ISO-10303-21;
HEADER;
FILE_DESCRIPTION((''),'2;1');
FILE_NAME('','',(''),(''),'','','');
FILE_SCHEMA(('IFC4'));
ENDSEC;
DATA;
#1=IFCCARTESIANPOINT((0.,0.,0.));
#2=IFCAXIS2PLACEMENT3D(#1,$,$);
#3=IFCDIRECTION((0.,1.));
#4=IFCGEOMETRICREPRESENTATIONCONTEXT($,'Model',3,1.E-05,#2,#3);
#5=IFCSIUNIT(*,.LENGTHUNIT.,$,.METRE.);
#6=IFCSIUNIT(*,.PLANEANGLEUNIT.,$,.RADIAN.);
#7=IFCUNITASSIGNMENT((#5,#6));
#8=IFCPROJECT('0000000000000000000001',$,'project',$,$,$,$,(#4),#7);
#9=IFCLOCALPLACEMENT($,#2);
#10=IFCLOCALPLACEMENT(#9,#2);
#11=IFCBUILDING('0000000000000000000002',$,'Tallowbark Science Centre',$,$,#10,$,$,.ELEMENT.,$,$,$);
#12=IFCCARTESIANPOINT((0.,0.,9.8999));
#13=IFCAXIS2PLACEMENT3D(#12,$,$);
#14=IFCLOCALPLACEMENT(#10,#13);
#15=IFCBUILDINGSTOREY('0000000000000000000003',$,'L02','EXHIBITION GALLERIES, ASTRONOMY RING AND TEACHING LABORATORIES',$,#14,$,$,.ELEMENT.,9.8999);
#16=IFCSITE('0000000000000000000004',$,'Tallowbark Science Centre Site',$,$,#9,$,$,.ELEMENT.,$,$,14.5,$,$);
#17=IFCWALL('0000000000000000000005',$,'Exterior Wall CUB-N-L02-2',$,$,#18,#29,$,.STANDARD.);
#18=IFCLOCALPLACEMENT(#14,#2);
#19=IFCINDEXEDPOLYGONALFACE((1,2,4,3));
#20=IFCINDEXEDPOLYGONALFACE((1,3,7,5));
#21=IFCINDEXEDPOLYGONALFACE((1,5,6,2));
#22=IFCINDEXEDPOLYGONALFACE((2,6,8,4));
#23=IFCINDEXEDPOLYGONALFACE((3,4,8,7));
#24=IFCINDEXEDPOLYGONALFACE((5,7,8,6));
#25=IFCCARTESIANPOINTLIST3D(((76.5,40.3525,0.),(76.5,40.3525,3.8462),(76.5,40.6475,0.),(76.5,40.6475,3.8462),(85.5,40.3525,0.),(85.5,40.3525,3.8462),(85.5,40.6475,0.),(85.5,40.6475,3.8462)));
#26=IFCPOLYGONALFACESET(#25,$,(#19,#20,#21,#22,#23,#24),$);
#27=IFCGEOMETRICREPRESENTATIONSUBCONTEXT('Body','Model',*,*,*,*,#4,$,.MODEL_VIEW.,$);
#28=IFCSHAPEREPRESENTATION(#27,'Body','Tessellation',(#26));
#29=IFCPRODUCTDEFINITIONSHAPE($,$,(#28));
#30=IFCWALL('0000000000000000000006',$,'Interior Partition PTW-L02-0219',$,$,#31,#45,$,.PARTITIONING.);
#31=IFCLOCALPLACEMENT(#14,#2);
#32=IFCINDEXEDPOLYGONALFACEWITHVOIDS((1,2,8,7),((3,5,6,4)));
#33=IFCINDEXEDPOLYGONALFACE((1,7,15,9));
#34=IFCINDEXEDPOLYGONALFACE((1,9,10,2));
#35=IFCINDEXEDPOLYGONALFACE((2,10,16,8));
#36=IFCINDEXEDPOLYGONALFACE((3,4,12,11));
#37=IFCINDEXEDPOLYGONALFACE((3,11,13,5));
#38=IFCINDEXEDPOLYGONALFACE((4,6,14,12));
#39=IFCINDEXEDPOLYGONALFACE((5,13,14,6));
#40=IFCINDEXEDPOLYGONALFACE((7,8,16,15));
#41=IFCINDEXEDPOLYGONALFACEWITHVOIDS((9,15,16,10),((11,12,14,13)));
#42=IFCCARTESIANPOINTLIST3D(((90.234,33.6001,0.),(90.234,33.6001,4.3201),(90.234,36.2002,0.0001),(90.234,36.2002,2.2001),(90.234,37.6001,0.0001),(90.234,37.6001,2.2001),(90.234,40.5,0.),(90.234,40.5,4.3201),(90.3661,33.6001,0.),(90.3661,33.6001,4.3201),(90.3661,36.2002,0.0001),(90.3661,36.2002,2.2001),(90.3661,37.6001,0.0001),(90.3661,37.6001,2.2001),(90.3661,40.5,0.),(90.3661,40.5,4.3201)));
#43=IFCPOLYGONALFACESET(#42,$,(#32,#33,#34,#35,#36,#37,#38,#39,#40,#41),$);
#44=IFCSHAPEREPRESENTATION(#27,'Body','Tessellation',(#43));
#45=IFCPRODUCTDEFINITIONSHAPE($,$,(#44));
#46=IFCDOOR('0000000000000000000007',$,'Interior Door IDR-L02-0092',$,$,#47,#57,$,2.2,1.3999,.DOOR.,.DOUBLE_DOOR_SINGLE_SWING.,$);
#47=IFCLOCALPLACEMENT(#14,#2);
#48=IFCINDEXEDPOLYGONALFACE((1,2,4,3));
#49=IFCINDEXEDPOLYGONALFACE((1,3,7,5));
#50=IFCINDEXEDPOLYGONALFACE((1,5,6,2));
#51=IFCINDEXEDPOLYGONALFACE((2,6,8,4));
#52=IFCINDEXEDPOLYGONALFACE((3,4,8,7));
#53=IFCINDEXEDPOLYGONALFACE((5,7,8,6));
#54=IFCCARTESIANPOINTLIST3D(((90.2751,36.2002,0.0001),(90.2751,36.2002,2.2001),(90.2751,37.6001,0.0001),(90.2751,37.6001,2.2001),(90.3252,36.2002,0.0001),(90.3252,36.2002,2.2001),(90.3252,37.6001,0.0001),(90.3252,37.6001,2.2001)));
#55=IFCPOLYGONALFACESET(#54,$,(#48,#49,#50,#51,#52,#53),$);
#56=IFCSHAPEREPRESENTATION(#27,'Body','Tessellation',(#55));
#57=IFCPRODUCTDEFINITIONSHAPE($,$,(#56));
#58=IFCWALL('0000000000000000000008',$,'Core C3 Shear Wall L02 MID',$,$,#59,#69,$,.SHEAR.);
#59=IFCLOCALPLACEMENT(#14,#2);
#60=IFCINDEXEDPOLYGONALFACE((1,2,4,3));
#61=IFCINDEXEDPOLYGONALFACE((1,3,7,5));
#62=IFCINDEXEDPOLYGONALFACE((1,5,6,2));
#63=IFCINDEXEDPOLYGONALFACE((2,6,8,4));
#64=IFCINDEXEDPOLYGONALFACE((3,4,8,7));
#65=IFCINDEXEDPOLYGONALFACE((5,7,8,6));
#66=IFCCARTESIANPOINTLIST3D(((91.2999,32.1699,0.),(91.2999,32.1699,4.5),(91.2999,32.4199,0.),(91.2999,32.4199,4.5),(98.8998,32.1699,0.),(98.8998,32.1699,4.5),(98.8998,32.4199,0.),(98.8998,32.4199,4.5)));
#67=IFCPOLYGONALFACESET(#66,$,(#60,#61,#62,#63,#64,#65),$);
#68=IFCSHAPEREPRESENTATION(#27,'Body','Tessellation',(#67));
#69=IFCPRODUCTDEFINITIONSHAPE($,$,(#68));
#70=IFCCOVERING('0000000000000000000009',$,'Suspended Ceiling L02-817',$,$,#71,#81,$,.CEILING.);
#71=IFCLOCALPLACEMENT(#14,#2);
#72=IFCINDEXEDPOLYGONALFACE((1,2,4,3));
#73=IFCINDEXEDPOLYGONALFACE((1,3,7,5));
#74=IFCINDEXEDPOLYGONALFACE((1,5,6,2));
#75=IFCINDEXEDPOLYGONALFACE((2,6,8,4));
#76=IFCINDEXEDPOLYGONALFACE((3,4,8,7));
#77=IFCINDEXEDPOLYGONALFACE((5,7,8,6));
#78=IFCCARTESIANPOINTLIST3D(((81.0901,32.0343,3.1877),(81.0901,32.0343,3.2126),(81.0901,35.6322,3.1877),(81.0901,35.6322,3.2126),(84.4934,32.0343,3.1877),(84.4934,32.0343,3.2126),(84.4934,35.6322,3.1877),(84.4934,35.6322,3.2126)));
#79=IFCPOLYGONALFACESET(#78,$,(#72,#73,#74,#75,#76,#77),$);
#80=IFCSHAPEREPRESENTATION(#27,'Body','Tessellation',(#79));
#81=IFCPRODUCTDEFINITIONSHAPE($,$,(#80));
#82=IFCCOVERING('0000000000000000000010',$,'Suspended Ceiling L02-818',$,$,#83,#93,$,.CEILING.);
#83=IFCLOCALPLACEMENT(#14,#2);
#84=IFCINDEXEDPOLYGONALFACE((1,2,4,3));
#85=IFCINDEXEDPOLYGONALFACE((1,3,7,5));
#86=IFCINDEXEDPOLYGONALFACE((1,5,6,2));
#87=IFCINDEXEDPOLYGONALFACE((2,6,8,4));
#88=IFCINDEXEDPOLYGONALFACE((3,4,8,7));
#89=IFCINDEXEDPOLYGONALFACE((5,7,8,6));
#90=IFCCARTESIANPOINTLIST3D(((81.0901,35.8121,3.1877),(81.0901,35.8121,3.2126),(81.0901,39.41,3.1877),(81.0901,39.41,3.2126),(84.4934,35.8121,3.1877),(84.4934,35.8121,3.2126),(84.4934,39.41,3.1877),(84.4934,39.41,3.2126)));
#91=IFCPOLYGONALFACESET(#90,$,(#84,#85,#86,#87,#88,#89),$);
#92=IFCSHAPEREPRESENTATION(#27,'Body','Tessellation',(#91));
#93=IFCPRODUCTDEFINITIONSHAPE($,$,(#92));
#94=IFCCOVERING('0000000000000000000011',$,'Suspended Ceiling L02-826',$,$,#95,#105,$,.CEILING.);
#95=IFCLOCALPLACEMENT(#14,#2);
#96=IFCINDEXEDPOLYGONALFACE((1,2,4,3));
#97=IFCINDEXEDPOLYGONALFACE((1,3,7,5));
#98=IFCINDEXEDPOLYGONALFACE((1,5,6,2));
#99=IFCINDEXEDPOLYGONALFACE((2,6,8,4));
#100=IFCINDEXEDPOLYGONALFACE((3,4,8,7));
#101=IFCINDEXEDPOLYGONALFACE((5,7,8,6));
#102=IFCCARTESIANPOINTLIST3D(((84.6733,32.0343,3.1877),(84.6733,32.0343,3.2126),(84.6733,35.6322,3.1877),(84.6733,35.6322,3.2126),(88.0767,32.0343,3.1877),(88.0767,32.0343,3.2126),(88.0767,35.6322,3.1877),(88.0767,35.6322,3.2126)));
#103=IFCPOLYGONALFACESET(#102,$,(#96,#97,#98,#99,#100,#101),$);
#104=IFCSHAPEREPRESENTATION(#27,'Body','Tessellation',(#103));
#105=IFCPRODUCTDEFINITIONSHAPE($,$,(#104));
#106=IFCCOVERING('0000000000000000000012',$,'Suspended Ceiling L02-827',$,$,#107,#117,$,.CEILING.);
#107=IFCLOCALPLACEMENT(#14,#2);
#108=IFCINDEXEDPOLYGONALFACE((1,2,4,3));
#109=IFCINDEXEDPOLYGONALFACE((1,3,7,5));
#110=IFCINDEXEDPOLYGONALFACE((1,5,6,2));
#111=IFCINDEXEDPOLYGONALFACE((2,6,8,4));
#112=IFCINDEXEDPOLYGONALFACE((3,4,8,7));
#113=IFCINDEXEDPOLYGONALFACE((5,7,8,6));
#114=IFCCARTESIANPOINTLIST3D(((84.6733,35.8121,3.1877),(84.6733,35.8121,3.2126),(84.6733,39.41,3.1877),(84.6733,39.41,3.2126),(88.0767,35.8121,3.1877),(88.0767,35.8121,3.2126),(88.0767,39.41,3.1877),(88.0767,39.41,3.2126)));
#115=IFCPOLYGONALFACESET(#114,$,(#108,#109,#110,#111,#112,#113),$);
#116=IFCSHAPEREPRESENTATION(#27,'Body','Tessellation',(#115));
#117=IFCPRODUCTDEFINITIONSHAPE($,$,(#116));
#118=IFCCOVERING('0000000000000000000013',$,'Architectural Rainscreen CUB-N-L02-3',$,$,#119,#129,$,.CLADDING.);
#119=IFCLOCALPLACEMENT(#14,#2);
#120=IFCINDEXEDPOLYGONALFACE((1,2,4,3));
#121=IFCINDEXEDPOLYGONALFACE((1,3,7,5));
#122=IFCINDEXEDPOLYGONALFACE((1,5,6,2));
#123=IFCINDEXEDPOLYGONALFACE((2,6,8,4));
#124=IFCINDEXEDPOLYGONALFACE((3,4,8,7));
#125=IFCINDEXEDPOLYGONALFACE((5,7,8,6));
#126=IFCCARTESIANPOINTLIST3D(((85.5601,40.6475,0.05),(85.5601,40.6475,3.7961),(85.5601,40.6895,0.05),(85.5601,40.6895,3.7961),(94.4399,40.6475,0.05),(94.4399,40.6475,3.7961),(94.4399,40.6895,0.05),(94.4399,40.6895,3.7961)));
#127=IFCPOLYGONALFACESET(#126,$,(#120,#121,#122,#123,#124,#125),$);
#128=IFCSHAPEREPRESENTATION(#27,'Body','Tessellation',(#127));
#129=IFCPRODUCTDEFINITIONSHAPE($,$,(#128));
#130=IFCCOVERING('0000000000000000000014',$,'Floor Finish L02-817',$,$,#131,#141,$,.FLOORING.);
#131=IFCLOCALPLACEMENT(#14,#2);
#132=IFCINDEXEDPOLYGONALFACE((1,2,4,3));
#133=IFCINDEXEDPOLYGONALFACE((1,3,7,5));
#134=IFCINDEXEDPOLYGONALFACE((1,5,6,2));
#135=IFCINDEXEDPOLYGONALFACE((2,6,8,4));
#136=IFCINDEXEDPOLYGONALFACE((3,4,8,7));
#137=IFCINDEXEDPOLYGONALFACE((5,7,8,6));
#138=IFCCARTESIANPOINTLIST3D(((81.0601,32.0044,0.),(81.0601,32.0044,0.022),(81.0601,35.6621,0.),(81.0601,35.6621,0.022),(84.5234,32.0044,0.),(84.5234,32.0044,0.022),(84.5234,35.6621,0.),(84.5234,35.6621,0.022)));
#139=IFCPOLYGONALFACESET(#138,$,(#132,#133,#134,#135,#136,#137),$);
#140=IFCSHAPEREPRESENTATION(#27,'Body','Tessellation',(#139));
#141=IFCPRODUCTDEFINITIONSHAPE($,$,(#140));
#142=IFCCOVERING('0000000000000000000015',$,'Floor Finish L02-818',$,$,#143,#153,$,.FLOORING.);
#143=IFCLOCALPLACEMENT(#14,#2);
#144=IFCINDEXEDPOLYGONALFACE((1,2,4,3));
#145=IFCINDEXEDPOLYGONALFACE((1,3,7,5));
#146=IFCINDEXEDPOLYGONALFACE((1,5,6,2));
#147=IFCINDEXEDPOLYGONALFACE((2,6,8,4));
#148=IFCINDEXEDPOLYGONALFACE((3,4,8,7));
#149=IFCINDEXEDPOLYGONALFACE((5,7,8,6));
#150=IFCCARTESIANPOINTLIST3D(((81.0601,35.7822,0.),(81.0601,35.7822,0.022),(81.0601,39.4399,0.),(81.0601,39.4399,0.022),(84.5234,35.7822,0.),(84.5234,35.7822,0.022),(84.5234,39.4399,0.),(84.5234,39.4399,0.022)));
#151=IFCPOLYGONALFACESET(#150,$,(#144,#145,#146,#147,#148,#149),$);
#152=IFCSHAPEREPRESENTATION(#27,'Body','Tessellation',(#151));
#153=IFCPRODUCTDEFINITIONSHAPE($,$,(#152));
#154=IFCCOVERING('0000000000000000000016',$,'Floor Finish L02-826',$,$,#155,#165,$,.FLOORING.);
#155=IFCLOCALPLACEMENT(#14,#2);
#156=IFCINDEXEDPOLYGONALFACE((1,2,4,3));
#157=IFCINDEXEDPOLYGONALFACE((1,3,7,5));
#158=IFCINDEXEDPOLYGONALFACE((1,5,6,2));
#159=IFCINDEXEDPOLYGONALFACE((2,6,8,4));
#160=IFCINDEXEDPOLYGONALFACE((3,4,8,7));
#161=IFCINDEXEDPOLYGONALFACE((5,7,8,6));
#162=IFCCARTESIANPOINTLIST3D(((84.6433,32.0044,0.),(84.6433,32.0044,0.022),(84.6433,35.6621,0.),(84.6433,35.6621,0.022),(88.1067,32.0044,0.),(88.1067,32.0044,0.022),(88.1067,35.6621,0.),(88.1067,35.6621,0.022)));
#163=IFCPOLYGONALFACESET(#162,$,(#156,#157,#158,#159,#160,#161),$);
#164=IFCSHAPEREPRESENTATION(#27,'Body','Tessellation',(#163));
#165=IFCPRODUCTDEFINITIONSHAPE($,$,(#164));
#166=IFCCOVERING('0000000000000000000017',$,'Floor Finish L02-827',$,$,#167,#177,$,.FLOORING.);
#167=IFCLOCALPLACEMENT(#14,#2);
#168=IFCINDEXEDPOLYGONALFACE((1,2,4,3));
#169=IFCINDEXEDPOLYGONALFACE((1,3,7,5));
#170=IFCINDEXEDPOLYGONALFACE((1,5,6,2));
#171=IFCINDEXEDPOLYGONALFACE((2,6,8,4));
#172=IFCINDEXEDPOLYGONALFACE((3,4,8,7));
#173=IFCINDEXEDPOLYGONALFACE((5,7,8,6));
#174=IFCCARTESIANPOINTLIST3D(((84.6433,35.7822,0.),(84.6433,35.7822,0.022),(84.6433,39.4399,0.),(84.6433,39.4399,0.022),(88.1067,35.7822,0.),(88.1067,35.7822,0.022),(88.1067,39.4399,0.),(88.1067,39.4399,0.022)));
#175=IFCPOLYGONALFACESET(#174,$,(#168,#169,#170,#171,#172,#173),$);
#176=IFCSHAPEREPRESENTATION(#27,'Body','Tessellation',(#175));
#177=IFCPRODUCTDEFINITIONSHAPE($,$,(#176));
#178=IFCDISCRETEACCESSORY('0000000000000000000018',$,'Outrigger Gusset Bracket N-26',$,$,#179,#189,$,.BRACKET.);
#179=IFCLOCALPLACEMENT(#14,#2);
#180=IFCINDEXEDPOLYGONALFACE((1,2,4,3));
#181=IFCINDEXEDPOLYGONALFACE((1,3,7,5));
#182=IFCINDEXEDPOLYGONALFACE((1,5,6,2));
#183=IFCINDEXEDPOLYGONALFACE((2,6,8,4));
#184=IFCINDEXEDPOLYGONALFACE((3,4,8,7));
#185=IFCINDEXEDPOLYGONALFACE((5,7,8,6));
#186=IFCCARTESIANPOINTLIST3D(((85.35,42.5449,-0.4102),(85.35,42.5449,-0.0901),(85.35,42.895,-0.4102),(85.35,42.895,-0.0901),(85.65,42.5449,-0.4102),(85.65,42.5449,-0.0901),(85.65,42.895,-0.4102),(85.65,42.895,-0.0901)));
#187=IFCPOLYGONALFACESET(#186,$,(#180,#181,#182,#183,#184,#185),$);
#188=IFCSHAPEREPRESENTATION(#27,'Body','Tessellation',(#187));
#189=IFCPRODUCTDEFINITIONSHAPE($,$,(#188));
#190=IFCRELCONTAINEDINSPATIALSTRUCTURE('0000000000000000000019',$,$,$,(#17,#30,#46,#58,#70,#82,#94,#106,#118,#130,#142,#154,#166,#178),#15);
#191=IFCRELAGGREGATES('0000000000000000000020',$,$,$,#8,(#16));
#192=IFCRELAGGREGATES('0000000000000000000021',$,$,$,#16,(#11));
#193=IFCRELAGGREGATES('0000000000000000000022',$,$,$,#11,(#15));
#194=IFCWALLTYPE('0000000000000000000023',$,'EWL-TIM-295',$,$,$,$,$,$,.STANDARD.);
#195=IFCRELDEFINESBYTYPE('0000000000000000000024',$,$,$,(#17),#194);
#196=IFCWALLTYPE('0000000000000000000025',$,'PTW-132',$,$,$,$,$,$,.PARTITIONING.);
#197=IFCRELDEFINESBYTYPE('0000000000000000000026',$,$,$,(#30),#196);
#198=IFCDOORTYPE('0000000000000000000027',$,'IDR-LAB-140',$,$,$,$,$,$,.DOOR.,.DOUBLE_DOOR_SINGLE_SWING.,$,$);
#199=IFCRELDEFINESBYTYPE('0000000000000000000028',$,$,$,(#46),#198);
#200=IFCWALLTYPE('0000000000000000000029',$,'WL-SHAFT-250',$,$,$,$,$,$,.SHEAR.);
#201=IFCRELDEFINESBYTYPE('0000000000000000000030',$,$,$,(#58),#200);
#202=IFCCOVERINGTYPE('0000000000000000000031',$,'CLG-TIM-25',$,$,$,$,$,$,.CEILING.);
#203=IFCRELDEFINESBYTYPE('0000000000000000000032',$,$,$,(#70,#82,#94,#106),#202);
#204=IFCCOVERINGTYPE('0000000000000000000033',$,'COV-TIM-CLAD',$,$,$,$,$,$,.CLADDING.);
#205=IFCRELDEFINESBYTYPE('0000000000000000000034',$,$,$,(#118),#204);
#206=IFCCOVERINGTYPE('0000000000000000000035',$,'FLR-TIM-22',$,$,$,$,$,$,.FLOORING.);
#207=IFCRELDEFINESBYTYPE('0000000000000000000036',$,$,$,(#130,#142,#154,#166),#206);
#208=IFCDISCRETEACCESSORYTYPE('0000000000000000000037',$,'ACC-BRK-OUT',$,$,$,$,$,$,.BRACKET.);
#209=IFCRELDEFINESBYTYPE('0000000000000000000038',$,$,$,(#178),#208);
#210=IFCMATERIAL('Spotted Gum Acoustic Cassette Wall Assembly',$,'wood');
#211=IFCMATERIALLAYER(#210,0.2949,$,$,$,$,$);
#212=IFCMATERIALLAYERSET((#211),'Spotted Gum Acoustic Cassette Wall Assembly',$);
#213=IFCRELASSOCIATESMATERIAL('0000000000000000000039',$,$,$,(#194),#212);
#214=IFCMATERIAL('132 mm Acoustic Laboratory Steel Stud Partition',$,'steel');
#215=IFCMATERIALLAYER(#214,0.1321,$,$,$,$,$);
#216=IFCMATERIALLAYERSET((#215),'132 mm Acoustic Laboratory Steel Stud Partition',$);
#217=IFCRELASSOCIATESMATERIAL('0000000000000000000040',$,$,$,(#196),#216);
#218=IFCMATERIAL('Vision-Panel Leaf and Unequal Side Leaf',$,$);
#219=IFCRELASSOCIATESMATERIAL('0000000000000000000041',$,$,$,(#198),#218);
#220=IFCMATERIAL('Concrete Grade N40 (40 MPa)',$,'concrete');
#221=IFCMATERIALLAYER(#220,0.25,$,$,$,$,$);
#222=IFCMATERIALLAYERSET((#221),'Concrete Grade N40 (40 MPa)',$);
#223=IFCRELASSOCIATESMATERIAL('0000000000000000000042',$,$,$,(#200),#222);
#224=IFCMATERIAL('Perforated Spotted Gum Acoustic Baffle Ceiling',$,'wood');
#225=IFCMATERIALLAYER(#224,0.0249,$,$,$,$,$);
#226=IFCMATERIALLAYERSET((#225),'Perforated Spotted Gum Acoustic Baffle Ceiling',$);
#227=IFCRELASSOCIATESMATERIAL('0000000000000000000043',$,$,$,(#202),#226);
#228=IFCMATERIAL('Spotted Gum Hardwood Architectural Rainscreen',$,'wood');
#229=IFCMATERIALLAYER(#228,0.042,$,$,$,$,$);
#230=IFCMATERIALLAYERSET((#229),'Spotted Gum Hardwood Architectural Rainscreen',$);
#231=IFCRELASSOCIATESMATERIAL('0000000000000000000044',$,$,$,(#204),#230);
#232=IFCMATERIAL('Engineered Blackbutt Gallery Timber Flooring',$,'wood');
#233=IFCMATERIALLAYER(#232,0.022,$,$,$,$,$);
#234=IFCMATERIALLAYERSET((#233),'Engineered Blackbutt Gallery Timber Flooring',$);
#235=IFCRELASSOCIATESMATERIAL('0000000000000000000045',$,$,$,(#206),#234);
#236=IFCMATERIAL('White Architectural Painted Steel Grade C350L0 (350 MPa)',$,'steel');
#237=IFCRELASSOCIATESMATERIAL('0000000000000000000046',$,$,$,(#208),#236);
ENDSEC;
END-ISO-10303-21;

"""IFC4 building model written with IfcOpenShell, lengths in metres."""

from ifc_helpers import new_model, si_unit, direction, frame, frame_2d, origin, origin_2d, place, context, subcontext, project, spatial, rectangle, extrude, material, layer, layer_set, type_object, element, fill, save


model = new_model("IFC4")

# Units and contexts
model_context = context("Model", 3, precision=1e-05, world=origin(), true_north=direction((0.0, 1.0)))
body_context = subcontext(model_context, "Body", "Model", "MODEL_VIEW")
ifc_project = project(units=[si_unit("LENGTHUNIT", "METRE"), si_unit("PLANEANGLEUNIT", "RADIAN")], contexts=[model_context])

# Site, building, storey
site_placement = place(None, origin())
site = spatial("IfcSite", under=ifc_project, at=site_placement, Name="Tallowbark Science Centre Site", CompositionType="ELEMENT", RefElevation=14.5)
building_placement = place(site_placement, origin())
building = spatial("IfcBuilding", under=site, at=building_placement, Name="Tallowbark Science Centre", CompositionType="ELEMENT")
storey_placement = place(building_placement, frame((0.0, 0.0, 9.8999)))
storey = spatial("IfcBuildingStorey", under=building, at=storey_placement, Name="L02", Description="EXHIBITION GALLERIES, ASTRONOMY RING AND TEACHING LABORATORIES", CompositionType="ELEMENT", Elevation=9.8999)

# Shared definitions
ifc_material_1 = material(Name="White Architectural Painted Steel Grade C350L0 (350 MPa)", Category="steel")

# Wall
ifc_material_2 = material(Name="Spotted Gum Acoustic Cassette Wall Assembly", Category="wood")
ifc_layer_1 = layer(ifc_material_2, 0.2949)
ifc_layer_set_1 = layer_set([ifc_layer_1], Name="Spotted Gum Acoustic Cassette Wall Assembly")
wall_type_1 = type_object("IfcWallType", Name="EWL-TIM-295", PredefinedType="STANDARD", material=ifc_layer_set_1)
wall_1_placement = place(storey_placement, frame((85.5, 40.5, 0.0), z_axis=(0.0, 0.0, 1.0), x_axis=(-1.0, 0.0, 0.0)))
element("IfcWall", 1, at=wall_1_placement, inside=storey, type_object=wall_type_1, Name="Exterior Wall CUB-N-L02-2", PredefinedType="STANDARD", context=body_context, shape_type="SweptSolid", body=[
    extrude(rectangle(XDim=9.0, YDim=0.2949, at=frame_2d((4.5, 0.0))), origin(), (0.0, 0.0, 1.0), 3.8462),
])

# Wall, opening, door
ifc_material_3 = material(Name="132 mm Acoustic Laboratory Steel Stud Partition", Category="steel")
ifc_layer_2 = layer(ifc_material_3, 0.1321)
ifc_layer_set_2 = layer_set([ifc_layer_2], Name="132 mm Acoustic Laboratory Steel Stud Partition")
wall_type_2 = type_object("IfcWallType", Name="PTW-132", PredefinedType="PARTITIONING", material=ifc_layer_set_2)
wall_2_placement = place(storey_placement, frame((90.3, 33.6001, 0.0), z_axis=(0.0, 0.0, 1.0), x_axis=(0.0, 1.0, 0.0)))
wall_2 = element("IfcWall", 2, at=wall_2_placement, inside=storey, type_object=wall_type_2, Name="Interior Partition PTW-L02-0219", PredefinedType="PARTITIONING", context=body_context, shape_type="SweptSolid", body=[
    extrude(rectangle(XDim=6.8999, YDim=0.1321, at=frame_2d((3.45, 0.0))), origin(), (0.0, 0.0, 1.0), 4.3201),
])
opening_placement = place(wall_2_placement, frame((2.6001, 0.0, 0.0)))
opening = element("IfcOpeningElement", 3, at=opening_placement, cuts=wall_2, PredefinedType="OPENING", context=body_context, shape_type="SweptSolid", body=[
    extrude(rectangle(XDim=1.3999, YDim=2.2, at=frame_2d((0.7, 1.1001))), frame((0.0, 0.0762, 0.0), z_axis=(0.0, -1.0, 0.0), x_axis=(1.0, 0.0, 0.0)), (0.0, 0.0, 1.0), 0.1521),
])
ifc_material_4 = material(Name="Vision-Panel Leaf and Unequal Side Leaf")
door_type = type_object("IfcDoorType", Name="IDR-LAB-140", OperationType="DOUBLE_DOOR_SINGLE_SWING", PredefinedType="DOOR", material=ifc_material_4)
door_placement = place(opening_placement, origin())
door = element("IfcDoor", 4, at=door_placement, inside=storey, type_object=door_type, Name="Interior Door IDR-L02-0092", OperationType="DOUBLE_DOOR_SINGLE_SWING", OverallHeight=2.2, OverallWidth=1.3999, PredefinedType="DOOR", context=body_context, shape_type="SweptSolid", body=[
    extrude(rectangle(XDim=1.3999, YDim=2.2, at=frame_2d((0.7, 1.1001))), frame((0.0, 0.0249, 0.0), z_axis=(0.0, -1.0, 0.0), x_axis=(1.0, 0.0, 0.0)), (0.0, 0.0, 1.0), 0.05),
])
fill(opening, door)

# Wall
ifc_material_5 = material(Name="Concrete Grade N40 (40 MPa)", Category="concrete")
ifc_layer_3 = layer(ifc_material_5, 0.25)
ifc_layer_set_3 = layer_set([ifc_layer_3], Name="Concrete Grade N40 (40 MPa)")
wall_type_3 = type_object("IfcWallType", Name="WL-SHAFT-250", PredefinedType="SHEAR", material=ifc_layer_set_3)
wall_3_placement = place(storey_placement, frame((91.3, 32.2949, 0.0), z_axis=(0.0, 0.0, 1.0), x_axis=(1.0, 0.0, 0.0)))
element("IfcWall", 5, at=wall_3_placement, inside=storey, type_object=wall_type_3, Name="Core C3 Shear Wall L02 MID", PredefinedType="SHEAR", context=body_context, shape_type="SweptSolid", body=[
    extrude(rectangle(XDim=7.5999, YDim=0.25, at=frame_2d((3.7998, 0.0))), origin(), (0.0, 0.0, 1.0), 4.5),
])

# Coverings
ifc_material_6 = material(Name="Perforated Spotted Gum Acoustic Baffle Ceiling", Category="wood")
ifc_layer_4 = layer(ifc_material_6, 0.0249)
ifc_layer_set_4 = layer_set([ifc_layer_4], Name="Perforated Spotted Gum Acoustic Baffle Ceiling")
covering_type_1 = type_object("IfcCoveringType", Name="CLG-TIM-25", PredefinedType="CEILING", material=ifc_layer_set_4)
for number, where, z_axis, x_axis, name in (
    (6, (82.7917, 33.8333, 3.1877), (0.0, 0.0, 1.0), (1.0, 0.0, 0.0), "Suspended Ceiling L02-817"),
    (7, (82.7917, 37.6111, 3.1877), (0.0, 0.0, 1.0), (1.0, 0.0, 0.0), "Suspended Ceiling L02-818"),
    (8, (86.375, 33.8333, 3.1877), (0.0, 0.0, 1.0), (1.0, 0.0, 0.0), "Suspended Ceiling L02-826"),
    (9, (86.375, 37.6111, 3.1877), (0.0, 0.0, 1.0), (1.0, 0.0, 0.0), "Suspended Ceiling L02-827"),
):
    element("IfcCovering", number, at=place(storey_placement, frame(where, z_axis=z_axis, x_axis=x_axis)), inside=storey, type_object=covering_type_1, Name=name, PredefinedType="CEILING", context=body_context, shape_type="SweptSolid", body=[
        extrude(rectangle(XDim=3.4033, YDim=3.5979, at=origin_2d()), origin(), (0.0, 0.0, 1.0), 0.0249),
    ])
ifc_material_7 = material(Name="Spotted Gum Hardwood Architectural Rainscreen", Category="wood")
ifc_layer_5 = layer(ifc_material_7, 0.042)
ifc_layer_set_5 = layer_set([ifc_layer_5], Name="Spotted Gum Hardwood Architectural Rainscreen")
covering_type_2 = type_object("IfcCoveringType", Name="COV-TIM-CLAD", PredefinedType="CLADDING", material=ifc_layer_set_5)
covering_placement = place(storey_placement, frame((90.0, 40.6685, 0.05), z_axis=(0.0, 0.0, 1.0), x_axis=(-1.0, 0.0, 0.0)))
element("IfcCovering", 10, at=covering_placement, inside=storey, type_object=covering_type_2, Name="Architectural Rainscreen CUB-N-L02-3", PredefinedType="CLADDING", context=body_context, shape_type="SweptSolid", body=[
    extrude(rectangle(XDim=8.8799, YDim=0.042, at=origin_2d()), origin(), (0.0, 0.0, 1.0), 3.7461),
])
ifc_material_8 = material(Name="Engineered Blackbutt Gallery Timber Flooring", Category="wood")
ifc_layer_6 = layer(ifc_material_8, 0.022)
ifc_layer_set_6 = layer_set([ifc_layer_6], Name="Engineered Blackbutt Gallery Timber Flooring")
covering_type_3 = type_object("IfcCoveringType", Name="FLR-TIM-22", PredefinedType="FLOORING", material=ifc_layer_set_6)
for number, where, z_axis, x_axis, name in (
    (11, (82.7917, 33.8333, 0.0), (0.0, 0.0, 1.0), (1.0, 0.0, 0.0), "Floor Finish L02-817"),
    (12, (82.7917, 37.6111, 0.0), (0.0, 0.0, 1.0), (1.0, 0.0, 0.0), "Floor Finish L02-818"),
    (13, (86.375, 33.8333, 0.0), (0.0, 0.0, 1.0), (1.0, 0.0, 0.0), "Floor Finish L02-826"),
    (14, (86.375, 37.6111, 0.0), (0.0, 0.0, 1.0), (1.0, 0.0, 0.0), "Floor Finish L02-827"),
):
    element("IfcCovering", number, at=place(storey_placement, frame(where, z_axis=z_axis, x_axis=x_axis)), inside=storey, type_object=covering_type_3, Name=name, PredefinedType="FLOORING", context=body_context, shape_type="SweptSolid", body=[
        extrude(rectangle(XDim=3.4634, YDim=3.6577, at=origin_2d()), origin(), (0.0, 0.0, 1.0), 0.022),
    ])

# Discrete accessory
discrete_accessory_type_1 = type_object("IfcDiscreteAccessoryType", Name="ACC-BRK-OUT", PredefinedType="BRACKET", material=ifc_material_1)
discrete_accessory_placement = place(storey_placement, frame((85.5, 42.72, -0.4102), z_axis=(0.0, 0.0, 1.0), x_axis=(1.0, 0.0, 0.0)))
element("IfcDiscreteAccessory", 15, at=discrete_accessory_placement, inside=storey, type_object=discrete_accessory_type_1, Name="Outrigger Gusset Bracket N-26", PredefinedType="BRACKET", context=body_context, shape_type="SweptSolid", body=[
    extrude(rectangle(XDim=0.3, YDim=0.3501, at=origin_2d()), origin(), (0.0, 0.0, 1.0), 0.3201),
])

save(model, "model.ifc")
